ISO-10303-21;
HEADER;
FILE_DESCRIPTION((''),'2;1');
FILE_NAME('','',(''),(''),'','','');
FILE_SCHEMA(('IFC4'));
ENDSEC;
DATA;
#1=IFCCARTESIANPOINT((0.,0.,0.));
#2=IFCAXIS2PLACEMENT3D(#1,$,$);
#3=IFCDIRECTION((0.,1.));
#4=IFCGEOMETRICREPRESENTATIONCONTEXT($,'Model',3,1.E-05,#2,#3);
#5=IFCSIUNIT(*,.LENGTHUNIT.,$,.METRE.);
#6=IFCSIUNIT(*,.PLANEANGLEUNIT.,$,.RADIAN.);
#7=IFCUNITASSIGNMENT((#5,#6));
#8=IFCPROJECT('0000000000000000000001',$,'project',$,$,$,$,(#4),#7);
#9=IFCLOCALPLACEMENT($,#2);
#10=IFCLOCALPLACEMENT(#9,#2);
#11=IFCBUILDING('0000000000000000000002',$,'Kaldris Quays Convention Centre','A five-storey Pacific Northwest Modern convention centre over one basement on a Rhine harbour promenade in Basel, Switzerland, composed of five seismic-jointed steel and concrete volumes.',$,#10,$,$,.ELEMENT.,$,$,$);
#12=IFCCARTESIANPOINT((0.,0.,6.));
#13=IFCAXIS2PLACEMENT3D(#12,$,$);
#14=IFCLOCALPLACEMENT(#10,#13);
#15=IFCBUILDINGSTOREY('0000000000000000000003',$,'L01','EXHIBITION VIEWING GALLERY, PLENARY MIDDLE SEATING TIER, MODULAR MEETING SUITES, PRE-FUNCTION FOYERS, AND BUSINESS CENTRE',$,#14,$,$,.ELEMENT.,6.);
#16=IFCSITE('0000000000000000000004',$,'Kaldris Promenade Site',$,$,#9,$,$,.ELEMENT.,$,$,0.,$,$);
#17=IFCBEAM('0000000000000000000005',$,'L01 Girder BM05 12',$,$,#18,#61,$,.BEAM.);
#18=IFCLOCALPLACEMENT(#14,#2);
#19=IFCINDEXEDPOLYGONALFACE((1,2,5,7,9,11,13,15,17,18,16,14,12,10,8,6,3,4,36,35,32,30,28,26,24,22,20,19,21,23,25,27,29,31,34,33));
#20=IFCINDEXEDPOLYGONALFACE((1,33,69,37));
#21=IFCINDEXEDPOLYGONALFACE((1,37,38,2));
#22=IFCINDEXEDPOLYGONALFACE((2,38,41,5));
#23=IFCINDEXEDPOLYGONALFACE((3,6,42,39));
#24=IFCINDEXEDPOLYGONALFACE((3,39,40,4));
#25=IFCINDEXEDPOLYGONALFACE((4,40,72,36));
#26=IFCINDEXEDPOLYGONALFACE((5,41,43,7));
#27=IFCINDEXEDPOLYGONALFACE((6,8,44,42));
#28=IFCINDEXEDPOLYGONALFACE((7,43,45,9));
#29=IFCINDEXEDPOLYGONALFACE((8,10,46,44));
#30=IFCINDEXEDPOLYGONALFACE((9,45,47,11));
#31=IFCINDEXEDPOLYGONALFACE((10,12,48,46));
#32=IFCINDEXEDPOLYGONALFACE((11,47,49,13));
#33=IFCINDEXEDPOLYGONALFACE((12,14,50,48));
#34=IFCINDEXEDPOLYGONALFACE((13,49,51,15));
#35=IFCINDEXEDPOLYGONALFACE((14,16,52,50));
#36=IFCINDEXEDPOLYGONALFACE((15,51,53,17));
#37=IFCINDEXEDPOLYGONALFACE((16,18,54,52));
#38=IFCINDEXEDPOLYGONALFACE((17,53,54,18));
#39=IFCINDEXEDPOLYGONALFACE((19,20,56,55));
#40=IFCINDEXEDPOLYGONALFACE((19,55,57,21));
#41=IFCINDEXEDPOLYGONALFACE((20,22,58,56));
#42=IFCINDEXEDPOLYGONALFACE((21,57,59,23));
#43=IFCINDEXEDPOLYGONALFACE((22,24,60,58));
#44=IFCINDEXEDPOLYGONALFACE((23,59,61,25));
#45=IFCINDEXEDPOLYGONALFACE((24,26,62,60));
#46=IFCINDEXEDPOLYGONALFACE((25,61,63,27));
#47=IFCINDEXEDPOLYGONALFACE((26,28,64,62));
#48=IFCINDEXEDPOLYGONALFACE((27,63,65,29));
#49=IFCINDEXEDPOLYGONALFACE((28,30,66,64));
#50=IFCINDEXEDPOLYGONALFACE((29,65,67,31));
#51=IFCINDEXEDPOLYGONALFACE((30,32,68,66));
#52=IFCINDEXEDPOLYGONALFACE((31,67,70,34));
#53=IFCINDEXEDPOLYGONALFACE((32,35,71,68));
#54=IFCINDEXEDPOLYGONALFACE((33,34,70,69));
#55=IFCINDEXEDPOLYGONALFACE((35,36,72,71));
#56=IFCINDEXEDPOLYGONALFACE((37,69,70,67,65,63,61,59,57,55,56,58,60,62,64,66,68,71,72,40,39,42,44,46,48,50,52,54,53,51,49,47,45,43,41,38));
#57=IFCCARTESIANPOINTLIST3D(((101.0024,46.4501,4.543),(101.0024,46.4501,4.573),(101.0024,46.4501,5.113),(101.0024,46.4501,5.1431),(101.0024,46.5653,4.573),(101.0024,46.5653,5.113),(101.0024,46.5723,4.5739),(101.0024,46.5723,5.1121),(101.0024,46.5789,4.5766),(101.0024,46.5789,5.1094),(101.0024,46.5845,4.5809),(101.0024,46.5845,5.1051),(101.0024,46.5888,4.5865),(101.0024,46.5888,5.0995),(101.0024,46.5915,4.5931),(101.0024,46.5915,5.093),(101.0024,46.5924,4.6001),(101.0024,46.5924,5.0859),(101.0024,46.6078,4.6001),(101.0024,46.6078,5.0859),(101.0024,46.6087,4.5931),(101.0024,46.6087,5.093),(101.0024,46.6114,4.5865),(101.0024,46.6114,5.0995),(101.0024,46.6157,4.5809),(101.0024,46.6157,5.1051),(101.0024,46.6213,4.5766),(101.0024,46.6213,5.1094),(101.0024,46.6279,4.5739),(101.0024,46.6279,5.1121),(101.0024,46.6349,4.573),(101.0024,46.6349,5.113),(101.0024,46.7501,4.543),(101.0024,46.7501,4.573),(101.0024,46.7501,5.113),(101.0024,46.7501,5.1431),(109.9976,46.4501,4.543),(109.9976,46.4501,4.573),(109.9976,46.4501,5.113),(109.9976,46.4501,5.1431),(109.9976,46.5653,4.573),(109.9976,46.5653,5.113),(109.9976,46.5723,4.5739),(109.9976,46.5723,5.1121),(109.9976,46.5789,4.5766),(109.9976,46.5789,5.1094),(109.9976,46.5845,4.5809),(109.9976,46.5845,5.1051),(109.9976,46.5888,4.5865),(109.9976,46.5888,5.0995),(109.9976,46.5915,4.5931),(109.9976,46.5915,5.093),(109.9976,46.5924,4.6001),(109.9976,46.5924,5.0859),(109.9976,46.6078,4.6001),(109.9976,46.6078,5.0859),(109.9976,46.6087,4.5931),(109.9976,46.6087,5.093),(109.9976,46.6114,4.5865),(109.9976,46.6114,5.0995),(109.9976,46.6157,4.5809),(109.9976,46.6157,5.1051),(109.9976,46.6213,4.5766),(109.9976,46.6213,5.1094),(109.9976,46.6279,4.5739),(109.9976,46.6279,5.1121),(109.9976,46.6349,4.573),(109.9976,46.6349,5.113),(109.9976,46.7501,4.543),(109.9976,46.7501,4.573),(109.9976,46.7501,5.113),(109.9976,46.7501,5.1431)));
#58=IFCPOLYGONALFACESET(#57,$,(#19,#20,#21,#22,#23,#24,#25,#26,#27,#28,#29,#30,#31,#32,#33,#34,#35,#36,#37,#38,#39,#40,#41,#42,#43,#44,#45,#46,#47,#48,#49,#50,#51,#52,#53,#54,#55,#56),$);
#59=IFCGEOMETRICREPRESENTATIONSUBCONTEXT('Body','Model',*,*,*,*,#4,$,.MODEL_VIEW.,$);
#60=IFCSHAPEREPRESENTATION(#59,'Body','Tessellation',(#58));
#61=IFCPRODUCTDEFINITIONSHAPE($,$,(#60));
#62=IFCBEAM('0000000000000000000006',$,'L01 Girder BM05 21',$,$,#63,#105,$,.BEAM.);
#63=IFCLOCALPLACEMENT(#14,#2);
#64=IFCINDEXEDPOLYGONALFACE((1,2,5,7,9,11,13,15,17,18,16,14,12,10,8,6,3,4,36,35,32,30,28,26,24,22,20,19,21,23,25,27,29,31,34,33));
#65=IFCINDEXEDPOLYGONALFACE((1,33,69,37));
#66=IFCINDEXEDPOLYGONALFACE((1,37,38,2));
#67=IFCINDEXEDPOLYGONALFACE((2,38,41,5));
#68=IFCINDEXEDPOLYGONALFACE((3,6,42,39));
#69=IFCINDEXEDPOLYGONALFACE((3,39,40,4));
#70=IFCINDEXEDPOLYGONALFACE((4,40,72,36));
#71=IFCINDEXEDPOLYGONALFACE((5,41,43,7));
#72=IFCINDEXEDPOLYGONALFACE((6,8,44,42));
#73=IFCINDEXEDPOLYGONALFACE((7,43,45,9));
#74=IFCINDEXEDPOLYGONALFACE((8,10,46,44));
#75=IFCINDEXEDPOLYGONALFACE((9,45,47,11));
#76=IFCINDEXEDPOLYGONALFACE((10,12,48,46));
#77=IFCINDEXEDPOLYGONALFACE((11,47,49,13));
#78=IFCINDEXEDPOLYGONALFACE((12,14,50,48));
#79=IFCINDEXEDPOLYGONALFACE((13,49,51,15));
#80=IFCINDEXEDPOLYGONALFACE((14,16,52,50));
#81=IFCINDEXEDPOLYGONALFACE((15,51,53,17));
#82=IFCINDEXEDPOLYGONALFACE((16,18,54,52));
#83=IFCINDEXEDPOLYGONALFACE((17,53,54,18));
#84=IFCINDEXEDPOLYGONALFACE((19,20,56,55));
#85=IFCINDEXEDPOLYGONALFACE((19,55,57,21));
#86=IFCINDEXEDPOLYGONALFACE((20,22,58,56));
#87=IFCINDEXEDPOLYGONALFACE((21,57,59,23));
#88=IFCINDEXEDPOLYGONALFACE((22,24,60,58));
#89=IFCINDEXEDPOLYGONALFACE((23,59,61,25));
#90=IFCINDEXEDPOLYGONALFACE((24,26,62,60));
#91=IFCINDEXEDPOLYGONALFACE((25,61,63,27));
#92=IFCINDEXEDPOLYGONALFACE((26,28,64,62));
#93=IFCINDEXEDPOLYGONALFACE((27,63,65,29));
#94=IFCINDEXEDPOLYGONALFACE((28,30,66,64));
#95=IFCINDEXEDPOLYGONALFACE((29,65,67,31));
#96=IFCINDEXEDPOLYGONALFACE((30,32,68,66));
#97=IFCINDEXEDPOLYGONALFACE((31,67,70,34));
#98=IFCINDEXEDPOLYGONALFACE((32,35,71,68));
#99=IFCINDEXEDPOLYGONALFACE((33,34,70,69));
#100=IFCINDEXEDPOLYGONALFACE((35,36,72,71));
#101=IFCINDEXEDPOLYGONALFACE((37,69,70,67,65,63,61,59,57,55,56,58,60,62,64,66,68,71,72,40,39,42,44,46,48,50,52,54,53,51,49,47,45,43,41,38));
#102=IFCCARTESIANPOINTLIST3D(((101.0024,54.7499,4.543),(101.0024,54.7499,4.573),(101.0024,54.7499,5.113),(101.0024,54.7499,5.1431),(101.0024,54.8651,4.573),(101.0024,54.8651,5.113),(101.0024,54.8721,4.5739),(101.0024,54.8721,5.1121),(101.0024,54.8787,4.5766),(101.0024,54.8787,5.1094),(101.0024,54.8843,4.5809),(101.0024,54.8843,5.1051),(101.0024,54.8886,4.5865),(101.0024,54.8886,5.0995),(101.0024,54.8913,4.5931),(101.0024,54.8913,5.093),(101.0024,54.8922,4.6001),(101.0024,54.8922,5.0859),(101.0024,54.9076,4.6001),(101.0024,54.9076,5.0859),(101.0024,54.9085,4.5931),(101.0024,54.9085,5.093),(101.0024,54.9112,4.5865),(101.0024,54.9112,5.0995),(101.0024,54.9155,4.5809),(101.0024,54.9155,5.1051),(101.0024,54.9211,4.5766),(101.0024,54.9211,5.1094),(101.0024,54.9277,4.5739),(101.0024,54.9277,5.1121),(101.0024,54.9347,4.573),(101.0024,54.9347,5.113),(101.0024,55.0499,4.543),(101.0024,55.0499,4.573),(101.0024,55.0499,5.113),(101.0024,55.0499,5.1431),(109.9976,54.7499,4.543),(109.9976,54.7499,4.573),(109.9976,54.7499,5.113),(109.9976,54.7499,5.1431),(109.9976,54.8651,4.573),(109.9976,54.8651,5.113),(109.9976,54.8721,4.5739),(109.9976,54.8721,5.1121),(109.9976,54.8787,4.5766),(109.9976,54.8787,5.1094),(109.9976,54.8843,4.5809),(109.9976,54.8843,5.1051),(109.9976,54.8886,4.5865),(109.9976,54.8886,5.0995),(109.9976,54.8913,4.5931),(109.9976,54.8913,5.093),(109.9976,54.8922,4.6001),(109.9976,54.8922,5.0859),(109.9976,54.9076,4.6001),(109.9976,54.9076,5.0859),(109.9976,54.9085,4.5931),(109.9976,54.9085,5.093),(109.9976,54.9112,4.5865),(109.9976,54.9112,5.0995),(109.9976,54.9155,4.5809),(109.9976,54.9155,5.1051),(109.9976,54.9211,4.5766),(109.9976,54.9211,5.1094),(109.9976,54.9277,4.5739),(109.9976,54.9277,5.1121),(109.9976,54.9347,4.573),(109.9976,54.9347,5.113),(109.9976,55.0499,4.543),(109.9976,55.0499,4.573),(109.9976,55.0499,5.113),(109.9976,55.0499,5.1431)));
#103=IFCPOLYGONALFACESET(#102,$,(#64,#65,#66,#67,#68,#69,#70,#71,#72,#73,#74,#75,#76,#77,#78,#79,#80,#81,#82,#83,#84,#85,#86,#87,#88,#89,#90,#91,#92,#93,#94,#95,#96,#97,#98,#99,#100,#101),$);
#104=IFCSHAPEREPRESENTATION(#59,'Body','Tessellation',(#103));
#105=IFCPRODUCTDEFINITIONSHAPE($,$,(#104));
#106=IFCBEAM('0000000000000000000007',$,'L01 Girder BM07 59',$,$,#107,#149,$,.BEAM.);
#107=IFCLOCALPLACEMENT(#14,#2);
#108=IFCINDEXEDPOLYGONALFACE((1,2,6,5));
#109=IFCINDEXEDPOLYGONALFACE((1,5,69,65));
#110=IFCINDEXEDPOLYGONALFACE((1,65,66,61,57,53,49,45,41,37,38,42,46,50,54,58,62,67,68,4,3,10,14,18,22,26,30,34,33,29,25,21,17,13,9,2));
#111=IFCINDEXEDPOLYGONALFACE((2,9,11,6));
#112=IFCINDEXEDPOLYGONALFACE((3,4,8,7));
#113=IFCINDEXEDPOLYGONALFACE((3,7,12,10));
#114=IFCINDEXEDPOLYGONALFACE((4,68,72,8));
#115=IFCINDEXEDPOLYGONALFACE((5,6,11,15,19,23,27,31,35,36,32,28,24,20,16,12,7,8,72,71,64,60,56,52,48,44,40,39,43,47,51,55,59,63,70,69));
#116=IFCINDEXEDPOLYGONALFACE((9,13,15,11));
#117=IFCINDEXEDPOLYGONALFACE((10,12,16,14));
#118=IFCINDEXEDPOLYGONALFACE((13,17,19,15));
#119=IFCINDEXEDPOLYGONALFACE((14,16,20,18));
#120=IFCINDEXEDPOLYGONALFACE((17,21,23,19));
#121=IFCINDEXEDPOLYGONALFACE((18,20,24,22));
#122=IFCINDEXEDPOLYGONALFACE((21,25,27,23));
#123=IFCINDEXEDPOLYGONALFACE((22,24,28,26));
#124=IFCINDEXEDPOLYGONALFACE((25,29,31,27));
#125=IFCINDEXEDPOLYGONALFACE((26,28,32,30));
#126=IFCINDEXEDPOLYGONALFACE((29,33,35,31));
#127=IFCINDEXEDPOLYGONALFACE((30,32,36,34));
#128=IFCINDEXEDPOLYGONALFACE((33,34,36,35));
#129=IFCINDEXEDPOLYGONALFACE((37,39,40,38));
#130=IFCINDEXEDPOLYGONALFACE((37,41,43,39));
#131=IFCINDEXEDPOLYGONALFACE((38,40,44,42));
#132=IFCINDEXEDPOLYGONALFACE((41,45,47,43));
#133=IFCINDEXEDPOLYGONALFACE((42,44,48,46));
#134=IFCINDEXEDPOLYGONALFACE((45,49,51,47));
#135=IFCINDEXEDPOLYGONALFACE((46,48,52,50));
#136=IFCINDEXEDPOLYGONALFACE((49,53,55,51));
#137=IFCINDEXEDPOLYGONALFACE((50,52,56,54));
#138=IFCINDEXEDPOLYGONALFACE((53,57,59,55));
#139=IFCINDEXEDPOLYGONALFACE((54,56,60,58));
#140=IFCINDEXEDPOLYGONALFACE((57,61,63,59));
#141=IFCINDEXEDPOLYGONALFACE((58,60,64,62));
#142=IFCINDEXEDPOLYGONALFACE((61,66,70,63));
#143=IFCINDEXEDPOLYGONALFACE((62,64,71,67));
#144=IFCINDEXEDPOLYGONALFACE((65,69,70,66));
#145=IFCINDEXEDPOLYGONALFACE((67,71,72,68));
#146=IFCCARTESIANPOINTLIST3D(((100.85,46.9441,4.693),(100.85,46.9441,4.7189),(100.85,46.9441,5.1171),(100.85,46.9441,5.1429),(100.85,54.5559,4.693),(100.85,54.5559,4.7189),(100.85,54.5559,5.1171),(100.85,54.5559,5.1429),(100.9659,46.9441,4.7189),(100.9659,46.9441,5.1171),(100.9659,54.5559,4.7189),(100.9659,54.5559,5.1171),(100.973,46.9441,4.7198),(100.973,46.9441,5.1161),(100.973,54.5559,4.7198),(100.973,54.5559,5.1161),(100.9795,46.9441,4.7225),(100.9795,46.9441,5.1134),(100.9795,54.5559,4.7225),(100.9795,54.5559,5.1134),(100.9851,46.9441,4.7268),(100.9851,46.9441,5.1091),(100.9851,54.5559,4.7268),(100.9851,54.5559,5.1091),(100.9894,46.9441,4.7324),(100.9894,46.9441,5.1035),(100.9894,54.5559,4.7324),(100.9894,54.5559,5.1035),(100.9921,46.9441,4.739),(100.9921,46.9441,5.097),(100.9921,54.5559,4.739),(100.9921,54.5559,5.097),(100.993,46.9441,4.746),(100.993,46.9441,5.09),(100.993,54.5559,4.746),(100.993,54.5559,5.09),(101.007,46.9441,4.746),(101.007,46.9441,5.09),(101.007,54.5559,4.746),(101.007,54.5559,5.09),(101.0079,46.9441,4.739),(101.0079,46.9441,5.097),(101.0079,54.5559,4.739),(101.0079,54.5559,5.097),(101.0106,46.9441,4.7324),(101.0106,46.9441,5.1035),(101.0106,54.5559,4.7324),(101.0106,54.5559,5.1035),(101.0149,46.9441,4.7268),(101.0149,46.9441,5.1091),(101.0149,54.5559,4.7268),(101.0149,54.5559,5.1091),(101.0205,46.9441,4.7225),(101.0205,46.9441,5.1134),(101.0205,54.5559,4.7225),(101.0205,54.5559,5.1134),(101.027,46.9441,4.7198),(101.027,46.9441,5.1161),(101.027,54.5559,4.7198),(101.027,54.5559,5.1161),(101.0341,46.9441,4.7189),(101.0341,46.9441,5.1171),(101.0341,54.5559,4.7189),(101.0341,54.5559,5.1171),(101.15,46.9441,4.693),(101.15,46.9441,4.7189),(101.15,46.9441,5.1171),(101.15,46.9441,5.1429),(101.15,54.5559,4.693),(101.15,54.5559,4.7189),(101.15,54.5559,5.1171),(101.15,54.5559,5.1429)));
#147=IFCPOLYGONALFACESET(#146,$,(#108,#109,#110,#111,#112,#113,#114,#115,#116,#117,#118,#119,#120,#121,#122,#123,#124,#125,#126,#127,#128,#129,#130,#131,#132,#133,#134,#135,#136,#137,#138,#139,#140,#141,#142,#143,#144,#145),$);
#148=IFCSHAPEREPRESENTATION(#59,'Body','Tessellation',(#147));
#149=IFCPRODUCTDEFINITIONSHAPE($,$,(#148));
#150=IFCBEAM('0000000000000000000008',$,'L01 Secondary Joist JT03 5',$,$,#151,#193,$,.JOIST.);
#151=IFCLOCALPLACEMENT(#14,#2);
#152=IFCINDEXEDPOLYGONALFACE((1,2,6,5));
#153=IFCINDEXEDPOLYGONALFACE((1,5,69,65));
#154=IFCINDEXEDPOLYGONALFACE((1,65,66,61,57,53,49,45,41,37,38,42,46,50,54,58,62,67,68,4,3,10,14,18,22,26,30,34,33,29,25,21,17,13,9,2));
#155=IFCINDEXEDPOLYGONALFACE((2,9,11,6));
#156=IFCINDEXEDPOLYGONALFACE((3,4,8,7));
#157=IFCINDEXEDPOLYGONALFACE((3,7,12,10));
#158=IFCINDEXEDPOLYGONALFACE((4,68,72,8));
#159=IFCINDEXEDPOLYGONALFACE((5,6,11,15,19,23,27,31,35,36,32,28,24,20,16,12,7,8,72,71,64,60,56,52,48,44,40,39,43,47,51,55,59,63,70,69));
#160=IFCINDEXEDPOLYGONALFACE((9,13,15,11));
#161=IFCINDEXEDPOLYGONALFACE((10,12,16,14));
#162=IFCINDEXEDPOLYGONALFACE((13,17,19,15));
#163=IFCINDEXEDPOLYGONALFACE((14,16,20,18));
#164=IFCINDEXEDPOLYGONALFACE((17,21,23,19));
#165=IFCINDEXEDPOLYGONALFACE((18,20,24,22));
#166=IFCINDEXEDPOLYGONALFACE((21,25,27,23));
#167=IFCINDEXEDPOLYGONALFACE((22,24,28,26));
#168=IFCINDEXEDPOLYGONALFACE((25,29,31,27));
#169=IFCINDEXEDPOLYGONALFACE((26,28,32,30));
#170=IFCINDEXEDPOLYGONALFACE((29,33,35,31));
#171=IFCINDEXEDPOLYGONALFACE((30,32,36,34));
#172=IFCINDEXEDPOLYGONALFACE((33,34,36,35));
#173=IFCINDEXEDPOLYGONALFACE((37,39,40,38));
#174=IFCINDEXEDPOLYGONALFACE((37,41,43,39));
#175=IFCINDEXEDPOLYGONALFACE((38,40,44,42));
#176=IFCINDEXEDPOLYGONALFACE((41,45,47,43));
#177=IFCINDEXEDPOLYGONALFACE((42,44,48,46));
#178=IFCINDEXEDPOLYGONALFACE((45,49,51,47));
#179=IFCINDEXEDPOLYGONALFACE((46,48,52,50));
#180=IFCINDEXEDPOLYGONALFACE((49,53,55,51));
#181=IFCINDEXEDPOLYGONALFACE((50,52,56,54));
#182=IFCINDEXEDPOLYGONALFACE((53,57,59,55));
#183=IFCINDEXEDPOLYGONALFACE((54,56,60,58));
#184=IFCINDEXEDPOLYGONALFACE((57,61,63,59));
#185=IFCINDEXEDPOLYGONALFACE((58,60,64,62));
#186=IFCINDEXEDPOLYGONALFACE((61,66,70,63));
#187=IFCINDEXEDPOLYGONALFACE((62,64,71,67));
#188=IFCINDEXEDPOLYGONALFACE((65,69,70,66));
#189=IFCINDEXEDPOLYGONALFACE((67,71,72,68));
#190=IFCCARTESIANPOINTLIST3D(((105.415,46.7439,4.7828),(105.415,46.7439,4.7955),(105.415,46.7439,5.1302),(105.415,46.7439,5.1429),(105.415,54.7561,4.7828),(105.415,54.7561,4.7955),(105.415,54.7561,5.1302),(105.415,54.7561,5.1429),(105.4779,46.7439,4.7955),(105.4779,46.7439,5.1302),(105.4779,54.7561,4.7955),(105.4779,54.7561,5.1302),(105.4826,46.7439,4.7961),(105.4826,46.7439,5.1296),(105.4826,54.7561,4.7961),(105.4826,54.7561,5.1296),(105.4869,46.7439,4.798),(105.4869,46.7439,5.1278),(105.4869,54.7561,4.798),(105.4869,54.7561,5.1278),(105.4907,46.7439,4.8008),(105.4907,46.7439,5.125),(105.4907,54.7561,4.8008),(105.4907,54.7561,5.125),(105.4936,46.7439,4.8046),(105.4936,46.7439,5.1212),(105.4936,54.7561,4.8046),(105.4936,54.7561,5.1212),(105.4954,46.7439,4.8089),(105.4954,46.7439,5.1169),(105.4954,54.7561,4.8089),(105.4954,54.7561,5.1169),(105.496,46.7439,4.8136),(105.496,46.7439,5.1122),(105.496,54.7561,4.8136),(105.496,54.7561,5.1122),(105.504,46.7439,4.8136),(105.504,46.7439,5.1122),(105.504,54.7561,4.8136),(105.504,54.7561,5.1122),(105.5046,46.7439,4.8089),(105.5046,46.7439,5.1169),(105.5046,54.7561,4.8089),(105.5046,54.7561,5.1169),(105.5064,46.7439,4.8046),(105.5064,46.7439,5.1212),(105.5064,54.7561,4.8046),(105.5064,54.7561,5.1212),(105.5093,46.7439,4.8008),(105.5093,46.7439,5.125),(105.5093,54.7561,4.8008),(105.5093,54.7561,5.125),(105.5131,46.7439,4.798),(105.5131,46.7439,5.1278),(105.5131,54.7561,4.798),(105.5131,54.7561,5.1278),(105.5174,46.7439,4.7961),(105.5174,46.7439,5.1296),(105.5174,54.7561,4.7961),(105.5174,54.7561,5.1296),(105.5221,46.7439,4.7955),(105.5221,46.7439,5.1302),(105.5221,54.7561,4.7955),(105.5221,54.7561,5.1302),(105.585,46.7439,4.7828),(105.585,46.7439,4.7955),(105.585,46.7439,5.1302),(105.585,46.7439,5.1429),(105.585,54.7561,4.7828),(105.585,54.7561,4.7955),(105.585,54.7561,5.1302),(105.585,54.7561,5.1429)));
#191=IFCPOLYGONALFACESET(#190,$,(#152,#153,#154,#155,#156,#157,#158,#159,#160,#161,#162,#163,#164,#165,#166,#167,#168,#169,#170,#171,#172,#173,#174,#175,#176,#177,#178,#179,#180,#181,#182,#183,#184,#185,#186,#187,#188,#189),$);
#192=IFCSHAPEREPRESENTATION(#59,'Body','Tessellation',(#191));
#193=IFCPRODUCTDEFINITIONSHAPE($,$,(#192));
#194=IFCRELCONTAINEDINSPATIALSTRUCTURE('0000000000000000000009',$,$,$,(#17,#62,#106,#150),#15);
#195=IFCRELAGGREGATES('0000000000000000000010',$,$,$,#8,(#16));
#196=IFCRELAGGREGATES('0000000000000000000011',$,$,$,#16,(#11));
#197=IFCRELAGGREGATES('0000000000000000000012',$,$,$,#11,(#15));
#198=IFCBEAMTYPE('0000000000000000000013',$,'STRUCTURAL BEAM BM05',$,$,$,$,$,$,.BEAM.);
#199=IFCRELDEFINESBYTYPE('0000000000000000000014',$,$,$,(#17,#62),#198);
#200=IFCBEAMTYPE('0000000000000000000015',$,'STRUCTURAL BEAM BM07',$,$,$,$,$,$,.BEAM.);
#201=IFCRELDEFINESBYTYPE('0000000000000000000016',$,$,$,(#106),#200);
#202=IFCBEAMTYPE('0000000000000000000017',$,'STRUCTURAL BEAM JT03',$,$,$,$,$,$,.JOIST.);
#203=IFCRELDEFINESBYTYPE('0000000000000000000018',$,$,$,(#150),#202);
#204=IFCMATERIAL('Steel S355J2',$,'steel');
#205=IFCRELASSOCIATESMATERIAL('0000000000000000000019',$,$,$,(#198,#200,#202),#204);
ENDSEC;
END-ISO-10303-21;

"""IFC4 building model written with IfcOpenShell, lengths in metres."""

from ifc_helpers import new_model, si_unit, direction, frame, origin, origin_2d, place, context, subcontext, project, spatial, i_section, extrude, material, material_profile, profile_set, type_object, element, save


model = new_model("IFC4")

# Units and contexts
model_context = context("Model", 3, precision=1e-05, world=origin(), true_north=direction((0.0, 1.0)))
body_context = subcontext(model_context, "Body", "Model", "MODEL_VIEW")
ifc_project = project(units=[si_unit("LENGTHUNIT", "METRE"), si_unit("PLANEANGLEUNIT", "RADIAN")], contexts=[model_context])

# Site, building, storey
site_placement = place(None, origin())
site = spatial("IfcSite", under=ifc_project, at=site_placement, Name="Kaldris Promenade Site", CompositionType="ELEMENT", RefElevation=0.0)
building_placement = place(site_placement, origin())
building = spatial("IfcBuilding", under=site, at=building_placement, Name="Kaldris Quays Convention Centre", Description="A five-storey Pacific Northwest Modern convention centre over one basement on a Rhine harbour promenade in Basel, Switzerland, composed of five seismic-jointed steel and concrete volumes.", CompositionType="ELEMENT")
storey_placement = place(building_placement, frame((0.0, 0.0, 6.0)))
storey = spatial("IfcBuildingStorey", under=building, at=storey_placement, Name="L01", Description="EXHIBITION VIEWING GALLERY, PLENARY MIDDLE SEATING TIER, MODULAR MEETING SUITES, PRE-FUNCTION FOYERS, AND BUSINESS CENTRE", CompositionType="ELEMENT", Elevation=6.0)

# Beams
ifc_material_1 = material(Name="Steel S355J2", Category="steel")
ifc_material_profile_1 = material_profile(ifc_material_1, i_section(OverallWidth=0.3, OverallDepth=0.6001, WebThickness=0.0154, FlangeThickness=0.03, FilletRadius=0.0271, at=origin_2d()), Name="HEB 600")
ifc_profile_set_1 = profile_set([ifc_material_profile_1], Name="Steel S355J2")
beam_type_1 = type_object("IfcBeamType", Name="STRUCTURAL BEAM BM05", PredefinedType="BEAM", material=ifc_profile_set_1)
for number, where, z_axis, x_axis, name in (
    (1, (101.0024, 46.6001, 4.843), (1.0, 0.0, 0.0), (0.0, 1.0, 0.0), "L01 Girder BM05 12"),
    (2, (101.0024, 54.8999, 4.843), (1.0, 0.0, 0.0), (0.0, 1.0, 0.0), "L01 Girder BM05 21"),
):
    element("IfcBeam", number, at=place(storey_placement, frame(where, z_axis=z_axis, x_axis=x_axis)), inside=storey, type_object=beam_type_1, Name=name, PredefinedType="BEAM", context=body_context, shape_type="SweptSolid", body=[
        extrude(i_section(OverallWidth=0.3, OverallDepth=0.6001, WebThickness=0.0154, FlangeThickness=0.03, FilletRadius=0.0271, at=origin_2d()), origin(), (0.0, 0.0, 1.0), 8.9951),
    ])
ifc_material_profile_2 = material_profile(ifc_material_1, i_section(OverallWidth=0.3, OverallDepth=0.45, WebThickness=0.0139, FlangeThickness=0.0259, FilletRadius=0.0271, at=origin_2d()), Name="HEB 450")
ifc_profile_set_2 = profile_set([ifc_material_profile_2], Name="Steel S355J2")
beam_type_2 = type_object("IfcBeamType", Name="STRUCTURAL BEAM BM07", PredefinedType="BEAM", material=ifc_profile_set_2)
beam_1_placement = place(storey_placement, frame((101.0, 46.9441, 4.918), z_axis=(0.0, 1.0, 0.0), x_axis=(-1.0, 0.0, 0.0)))
element("IfcBeam", 3, at=beam_1_placement, inside=storey, type_object=beam_type_2, Name="L01 Girder BM07 59", PredefinedType="BEAM", context=body_context, shape_type="SweptSolid", body=[
    extrude(i_section(OverallWidth=0.3, OverallDepth=0.45, WebThickness=0.0139, FlangeThickness=0.0259, FilletRadius=0.0271, at=origin_2d()), origin(), (0.0, 0.0, 1.0), 7.6118),
])
ifc_material_profile_3 = material_profile(ifc_material_1, i_section(OverallWidth=0.1699, OverallDepth=0.3601, WebThickness=0.0081, FlangeThickness=0.0127, FilletRadius=0.0181, at=origin_2d()), Name="IPE 360")
ifc_profile_set_3 = profile_set([ifc_material_profile_3], Name="Steel S355J2")
beam_type_3 = type_object("IfcBeamType", Name="STRUCTURAL BEAM JT03", PredefinedType="JOIST", material=ifc_profile_set_3)
beam_2_placement = place(storey_placement, frame((105.5, 46.7439, 4.9629), z_axis=(0.0, 1.0, 0.0), x_axis=(-1.0, 0.0, 0.0)))
element("IfcBeam", 4, at=beam_2_placement, inside=storey, type_object=beam_type_3, Name="L01 Secondary Joist JT03 5", PredefinedType="JOIST", context=body_context, shape_type="SweptSolid", body=[
    extrude(i_section(OverallWidth=0.1699, OverallDepth=0.3601, WebThickness=0.0081, FlangeThickness=0.0127, FilletRadius=0.0181, at=origin_2d()), origin(), (0.0, 0.0, 1.0), 8.0122),
])

save(model, "model.ifc")
